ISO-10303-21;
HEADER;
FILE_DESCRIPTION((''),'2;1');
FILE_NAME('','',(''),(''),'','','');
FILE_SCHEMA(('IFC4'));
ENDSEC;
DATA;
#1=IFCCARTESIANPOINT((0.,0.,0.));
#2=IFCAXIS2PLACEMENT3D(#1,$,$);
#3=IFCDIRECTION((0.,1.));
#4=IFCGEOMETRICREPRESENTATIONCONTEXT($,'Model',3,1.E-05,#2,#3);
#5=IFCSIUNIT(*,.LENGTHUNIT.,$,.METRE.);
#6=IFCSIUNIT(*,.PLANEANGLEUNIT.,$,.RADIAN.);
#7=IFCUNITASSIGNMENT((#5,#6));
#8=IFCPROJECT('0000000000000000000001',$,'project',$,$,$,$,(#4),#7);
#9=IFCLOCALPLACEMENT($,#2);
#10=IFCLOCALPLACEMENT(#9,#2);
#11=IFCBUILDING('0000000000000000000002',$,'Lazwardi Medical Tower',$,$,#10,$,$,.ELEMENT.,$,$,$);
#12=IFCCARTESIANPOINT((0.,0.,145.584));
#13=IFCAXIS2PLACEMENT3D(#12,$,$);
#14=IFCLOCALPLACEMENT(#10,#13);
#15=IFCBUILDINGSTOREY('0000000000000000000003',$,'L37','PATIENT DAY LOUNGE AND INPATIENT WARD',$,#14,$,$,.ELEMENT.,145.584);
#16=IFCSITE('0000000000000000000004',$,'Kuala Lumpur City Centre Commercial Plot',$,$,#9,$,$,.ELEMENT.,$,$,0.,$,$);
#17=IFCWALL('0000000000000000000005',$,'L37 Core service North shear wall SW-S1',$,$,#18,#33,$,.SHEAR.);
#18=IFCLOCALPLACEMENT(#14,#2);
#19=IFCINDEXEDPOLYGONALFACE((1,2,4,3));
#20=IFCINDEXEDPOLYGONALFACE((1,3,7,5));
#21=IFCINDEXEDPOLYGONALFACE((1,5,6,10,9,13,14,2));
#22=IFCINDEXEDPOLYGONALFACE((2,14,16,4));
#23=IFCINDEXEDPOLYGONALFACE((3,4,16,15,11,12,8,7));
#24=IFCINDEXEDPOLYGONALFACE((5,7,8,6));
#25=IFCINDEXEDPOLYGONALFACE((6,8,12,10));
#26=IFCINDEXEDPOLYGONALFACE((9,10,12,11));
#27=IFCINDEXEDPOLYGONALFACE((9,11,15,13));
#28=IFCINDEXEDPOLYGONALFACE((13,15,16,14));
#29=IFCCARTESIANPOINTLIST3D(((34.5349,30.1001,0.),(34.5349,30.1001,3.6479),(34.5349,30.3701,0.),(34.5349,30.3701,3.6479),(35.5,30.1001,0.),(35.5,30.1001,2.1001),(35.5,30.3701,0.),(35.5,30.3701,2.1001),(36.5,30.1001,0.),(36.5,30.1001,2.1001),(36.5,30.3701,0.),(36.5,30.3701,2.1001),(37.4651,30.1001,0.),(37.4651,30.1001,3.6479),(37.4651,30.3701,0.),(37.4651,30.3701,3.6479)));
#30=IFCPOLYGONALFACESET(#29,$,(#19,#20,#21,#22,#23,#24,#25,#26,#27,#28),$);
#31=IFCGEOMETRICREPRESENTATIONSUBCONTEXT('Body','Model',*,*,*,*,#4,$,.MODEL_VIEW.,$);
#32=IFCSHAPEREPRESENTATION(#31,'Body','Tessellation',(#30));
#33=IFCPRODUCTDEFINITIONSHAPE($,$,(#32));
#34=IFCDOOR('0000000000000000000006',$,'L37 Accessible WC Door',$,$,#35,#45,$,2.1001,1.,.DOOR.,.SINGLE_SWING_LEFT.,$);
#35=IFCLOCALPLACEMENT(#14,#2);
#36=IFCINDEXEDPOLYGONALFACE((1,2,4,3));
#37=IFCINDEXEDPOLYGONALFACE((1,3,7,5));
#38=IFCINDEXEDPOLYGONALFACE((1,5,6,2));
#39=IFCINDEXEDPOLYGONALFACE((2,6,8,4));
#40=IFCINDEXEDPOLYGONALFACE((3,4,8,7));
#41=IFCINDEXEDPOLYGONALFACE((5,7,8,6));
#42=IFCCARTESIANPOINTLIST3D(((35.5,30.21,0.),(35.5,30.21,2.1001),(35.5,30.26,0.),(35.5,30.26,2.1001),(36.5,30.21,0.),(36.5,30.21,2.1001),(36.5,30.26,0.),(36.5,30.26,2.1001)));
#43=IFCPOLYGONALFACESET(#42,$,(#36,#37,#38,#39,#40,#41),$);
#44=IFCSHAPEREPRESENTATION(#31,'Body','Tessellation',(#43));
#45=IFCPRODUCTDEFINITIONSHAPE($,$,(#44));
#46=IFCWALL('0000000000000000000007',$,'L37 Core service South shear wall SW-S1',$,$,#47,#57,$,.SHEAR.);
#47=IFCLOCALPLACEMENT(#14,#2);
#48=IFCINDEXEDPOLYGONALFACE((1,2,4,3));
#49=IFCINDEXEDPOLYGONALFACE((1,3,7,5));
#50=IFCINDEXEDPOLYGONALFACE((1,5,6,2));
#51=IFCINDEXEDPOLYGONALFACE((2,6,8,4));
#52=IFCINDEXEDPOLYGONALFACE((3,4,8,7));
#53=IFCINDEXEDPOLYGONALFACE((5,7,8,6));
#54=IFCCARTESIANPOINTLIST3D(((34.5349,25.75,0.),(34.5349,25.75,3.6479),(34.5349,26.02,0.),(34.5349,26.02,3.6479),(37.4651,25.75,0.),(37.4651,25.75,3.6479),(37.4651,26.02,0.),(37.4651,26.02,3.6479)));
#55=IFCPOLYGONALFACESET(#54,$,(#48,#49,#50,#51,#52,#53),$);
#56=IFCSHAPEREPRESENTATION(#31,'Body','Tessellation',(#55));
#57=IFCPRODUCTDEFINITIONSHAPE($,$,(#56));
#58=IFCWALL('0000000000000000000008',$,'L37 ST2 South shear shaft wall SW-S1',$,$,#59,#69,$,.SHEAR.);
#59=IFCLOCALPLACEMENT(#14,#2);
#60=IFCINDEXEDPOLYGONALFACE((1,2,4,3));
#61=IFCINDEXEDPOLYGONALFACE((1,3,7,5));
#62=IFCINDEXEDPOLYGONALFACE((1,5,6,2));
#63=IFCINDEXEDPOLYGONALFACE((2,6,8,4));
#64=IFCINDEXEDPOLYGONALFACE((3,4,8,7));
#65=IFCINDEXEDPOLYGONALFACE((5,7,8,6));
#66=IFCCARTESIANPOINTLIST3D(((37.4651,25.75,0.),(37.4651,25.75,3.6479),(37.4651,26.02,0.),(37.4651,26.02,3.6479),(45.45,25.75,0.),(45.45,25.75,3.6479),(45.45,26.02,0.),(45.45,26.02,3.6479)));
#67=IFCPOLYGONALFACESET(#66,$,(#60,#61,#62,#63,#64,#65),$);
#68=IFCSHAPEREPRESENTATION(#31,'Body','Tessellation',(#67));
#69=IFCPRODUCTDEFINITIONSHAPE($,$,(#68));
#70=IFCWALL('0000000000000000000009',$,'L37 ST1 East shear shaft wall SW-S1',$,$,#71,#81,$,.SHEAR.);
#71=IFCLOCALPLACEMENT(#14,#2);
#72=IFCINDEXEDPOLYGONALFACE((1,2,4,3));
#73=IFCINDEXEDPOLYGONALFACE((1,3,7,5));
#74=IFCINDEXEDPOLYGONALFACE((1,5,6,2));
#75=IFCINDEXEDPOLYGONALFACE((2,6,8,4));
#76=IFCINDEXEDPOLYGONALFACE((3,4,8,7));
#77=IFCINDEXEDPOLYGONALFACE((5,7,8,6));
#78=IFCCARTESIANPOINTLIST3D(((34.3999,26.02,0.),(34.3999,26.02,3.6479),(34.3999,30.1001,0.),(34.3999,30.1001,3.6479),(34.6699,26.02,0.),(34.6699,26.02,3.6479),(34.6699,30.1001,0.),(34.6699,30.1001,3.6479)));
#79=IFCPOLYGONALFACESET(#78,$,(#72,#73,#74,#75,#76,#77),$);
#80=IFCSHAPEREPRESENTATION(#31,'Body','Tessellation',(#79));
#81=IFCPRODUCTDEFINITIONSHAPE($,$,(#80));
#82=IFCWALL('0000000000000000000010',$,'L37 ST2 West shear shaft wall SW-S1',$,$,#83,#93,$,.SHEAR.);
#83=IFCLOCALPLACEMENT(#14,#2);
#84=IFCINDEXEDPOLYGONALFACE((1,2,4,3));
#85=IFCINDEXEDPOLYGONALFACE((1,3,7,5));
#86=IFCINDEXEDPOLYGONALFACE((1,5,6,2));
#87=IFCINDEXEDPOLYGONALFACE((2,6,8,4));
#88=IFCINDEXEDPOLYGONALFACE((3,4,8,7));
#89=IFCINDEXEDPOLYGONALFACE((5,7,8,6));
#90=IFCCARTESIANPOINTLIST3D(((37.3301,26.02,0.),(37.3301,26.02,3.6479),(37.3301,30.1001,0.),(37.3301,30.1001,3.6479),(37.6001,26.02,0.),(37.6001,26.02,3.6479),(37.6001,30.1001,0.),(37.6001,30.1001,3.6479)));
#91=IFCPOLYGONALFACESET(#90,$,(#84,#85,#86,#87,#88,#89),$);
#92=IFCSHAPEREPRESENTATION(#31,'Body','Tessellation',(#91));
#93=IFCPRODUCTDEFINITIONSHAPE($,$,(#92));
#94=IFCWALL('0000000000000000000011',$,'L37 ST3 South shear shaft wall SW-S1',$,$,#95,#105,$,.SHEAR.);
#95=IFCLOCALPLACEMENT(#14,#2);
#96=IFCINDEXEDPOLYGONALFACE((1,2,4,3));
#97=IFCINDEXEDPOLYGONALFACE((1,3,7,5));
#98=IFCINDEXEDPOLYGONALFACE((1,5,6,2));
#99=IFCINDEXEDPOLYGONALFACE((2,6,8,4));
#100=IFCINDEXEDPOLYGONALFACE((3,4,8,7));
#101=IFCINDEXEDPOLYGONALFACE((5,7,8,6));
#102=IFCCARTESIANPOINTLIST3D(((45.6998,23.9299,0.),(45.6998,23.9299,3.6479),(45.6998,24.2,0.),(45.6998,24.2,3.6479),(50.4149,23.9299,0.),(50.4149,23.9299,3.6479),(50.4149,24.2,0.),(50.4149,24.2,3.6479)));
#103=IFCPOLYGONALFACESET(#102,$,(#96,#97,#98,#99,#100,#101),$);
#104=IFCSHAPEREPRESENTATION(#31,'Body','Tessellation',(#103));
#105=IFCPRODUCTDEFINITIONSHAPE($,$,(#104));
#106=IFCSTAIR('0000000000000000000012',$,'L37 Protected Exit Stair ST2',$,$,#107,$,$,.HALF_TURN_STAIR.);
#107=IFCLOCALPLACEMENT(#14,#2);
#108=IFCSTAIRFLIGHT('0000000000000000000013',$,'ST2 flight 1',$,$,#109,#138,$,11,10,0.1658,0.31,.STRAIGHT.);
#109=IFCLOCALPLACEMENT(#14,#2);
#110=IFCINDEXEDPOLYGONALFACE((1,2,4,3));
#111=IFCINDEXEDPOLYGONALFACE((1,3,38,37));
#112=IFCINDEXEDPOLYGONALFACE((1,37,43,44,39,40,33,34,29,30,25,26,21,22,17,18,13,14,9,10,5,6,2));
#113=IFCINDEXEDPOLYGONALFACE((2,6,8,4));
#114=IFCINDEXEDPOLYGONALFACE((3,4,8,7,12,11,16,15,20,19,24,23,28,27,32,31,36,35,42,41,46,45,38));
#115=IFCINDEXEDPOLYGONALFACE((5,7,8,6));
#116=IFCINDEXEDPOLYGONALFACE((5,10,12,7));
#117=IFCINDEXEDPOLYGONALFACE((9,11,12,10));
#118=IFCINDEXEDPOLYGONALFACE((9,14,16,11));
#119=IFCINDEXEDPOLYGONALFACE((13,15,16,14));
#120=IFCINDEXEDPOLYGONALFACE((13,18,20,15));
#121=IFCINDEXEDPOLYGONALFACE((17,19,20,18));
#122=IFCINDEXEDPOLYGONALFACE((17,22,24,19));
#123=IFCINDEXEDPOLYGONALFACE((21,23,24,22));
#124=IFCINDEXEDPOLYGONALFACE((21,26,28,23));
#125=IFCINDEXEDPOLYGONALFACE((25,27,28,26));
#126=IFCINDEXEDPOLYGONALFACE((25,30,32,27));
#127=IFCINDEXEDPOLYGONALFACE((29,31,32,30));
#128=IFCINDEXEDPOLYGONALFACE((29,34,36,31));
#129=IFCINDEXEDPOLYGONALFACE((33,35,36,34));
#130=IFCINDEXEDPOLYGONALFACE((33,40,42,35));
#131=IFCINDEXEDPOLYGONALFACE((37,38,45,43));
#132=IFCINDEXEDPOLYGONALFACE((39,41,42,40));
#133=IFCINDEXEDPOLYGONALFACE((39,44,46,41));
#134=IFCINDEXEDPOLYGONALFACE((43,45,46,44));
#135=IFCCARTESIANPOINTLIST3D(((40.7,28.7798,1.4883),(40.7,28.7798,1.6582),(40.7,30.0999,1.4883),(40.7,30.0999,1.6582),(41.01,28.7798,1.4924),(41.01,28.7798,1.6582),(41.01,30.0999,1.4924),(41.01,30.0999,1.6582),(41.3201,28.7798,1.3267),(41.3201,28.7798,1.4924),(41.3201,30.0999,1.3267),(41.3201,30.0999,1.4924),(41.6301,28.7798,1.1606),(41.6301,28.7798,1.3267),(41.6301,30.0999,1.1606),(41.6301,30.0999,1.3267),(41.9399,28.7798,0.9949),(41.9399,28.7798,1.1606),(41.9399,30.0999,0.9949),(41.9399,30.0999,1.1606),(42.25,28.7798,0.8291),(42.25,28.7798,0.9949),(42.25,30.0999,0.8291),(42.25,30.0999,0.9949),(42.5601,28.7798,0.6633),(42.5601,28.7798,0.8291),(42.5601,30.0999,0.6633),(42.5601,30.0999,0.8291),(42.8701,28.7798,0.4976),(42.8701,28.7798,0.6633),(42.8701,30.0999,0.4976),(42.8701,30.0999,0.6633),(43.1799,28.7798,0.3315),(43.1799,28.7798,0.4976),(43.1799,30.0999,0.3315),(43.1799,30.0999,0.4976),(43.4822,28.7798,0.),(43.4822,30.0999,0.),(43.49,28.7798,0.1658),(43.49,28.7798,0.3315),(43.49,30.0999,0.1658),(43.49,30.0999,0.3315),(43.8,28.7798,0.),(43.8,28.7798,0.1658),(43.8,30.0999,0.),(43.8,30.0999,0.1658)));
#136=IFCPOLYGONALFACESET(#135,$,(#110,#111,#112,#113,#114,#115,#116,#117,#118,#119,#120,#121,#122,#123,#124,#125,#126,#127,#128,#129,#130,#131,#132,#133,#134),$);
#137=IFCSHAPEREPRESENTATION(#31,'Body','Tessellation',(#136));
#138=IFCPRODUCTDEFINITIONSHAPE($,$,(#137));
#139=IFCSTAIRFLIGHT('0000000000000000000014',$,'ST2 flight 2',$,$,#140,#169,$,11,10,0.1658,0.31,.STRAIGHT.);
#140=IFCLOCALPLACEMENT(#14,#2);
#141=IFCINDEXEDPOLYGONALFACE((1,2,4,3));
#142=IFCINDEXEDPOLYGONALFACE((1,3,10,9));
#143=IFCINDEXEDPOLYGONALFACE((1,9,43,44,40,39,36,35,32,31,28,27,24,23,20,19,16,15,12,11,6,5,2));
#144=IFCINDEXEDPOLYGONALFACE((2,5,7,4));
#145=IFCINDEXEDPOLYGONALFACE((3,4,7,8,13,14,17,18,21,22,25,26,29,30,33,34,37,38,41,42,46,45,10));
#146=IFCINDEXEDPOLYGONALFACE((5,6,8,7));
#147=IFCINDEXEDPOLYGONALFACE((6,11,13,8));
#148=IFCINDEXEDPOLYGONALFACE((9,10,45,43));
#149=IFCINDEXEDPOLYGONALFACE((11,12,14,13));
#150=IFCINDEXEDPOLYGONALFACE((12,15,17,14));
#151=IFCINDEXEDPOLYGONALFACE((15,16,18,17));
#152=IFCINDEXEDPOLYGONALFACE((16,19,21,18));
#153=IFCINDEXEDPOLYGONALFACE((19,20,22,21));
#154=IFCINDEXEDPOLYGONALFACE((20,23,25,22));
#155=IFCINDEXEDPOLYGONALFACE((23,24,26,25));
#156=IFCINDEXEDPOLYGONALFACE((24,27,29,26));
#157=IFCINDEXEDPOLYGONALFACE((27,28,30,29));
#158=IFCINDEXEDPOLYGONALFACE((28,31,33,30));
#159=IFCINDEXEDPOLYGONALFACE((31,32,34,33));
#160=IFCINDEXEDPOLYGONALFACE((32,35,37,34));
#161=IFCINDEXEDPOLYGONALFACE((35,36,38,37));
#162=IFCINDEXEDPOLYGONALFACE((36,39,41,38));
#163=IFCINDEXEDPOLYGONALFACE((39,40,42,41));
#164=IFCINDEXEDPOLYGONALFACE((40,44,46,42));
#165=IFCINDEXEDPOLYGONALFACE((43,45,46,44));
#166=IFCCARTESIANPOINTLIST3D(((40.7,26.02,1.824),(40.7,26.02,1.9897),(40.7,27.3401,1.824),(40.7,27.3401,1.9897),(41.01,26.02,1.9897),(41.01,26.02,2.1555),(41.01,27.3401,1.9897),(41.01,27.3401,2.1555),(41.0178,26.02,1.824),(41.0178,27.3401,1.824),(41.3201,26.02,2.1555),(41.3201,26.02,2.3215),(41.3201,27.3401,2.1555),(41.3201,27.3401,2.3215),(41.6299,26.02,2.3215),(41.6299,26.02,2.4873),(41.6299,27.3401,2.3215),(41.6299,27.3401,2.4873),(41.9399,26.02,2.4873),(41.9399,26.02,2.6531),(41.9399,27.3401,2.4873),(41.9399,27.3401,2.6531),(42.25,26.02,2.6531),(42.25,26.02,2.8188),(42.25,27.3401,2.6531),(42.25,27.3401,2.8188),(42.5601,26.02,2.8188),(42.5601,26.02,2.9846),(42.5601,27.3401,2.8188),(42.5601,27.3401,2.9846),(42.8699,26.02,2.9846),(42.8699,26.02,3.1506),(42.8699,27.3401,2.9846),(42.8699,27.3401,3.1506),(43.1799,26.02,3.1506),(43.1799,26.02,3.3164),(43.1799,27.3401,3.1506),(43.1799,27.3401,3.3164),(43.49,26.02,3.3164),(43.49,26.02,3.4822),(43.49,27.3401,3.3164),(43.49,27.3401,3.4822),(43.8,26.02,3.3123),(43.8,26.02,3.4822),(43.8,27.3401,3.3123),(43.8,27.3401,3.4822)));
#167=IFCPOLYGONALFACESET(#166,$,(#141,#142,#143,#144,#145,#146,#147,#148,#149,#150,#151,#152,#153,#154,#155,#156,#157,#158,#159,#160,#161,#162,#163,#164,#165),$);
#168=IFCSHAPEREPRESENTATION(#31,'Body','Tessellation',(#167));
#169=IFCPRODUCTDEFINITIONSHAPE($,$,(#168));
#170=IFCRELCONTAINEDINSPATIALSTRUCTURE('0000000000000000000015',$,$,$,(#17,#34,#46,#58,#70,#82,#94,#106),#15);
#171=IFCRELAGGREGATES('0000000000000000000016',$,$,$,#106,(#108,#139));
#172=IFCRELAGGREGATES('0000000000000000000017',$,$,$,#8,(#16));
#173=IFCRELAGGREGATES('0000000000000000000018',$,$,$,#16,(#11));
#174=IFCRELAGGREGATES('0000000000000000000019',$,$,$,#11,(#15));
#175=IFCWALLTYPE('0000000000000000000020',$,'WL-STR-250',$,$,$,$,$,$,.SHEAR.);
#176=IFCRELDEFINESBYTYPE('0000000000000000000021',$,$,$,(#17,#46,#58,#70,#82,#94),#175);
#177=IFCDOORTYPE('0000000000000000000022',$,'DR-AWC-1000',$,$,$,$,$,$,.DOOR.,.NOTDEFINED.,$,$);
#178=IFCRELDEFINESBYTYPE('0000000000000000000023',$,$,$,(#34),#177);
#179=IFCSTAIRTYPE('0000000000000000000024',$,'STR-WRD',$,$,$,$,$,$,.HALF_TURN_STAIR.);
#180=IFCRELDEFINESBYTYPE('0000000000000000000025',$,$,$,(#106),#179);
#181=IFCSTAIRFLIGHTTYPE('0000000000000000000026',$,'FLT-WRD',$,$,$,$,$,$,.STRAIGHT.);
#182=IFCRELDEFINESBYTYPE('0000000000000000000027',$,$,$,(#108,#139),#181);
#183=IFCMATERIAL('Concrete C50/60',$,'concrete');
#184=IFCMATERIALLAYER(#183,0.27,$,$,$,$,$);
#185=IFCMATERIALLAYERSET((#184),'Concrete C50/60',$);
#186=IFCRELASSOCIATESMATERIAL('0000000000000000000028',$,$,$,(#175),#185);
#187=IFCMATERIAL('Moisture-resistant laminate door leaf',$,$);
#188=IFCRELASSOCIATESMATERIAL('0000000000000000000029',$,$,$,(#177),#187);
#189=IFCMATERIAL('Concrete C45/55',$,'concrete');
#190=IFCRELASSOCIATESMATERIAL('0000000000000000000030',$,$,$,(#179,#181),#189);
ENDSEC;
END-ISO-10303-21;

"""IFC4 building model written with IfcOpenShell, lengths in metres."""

from ifc_helpers import new_model, si_unit, direction, frame, frame_2d, origin, place, context, subcontext, project, spatial, polyline, rectangle, outline, extrude, material, layer, layer_set, type_object, element, fill, aggregate, save


model = new_model("IFC4")

# Units and contexts
model_context = context("Model", 3, precision=1e-05, world=origin(), true_north=direction((0.0, 1.0)))
body_context = subcontext(model_context, "Body", "Model", "MODEL_VIEW")
ifc_project = project(units=[si_unit("LENGTHUNIT", "METRE"), si_unit("PLANEANGLEUNIT", "RADIAN")], contexts=[model_context])

# Site, building, storey
site_placement = place(None, origin())
site = spatial("IfcSite", under=ifc_project, at=site_placement, Name="Kuala Lumpur City Centre Commercial Plot", CompositionType="ELEMENT", RefElevation=0.0)
building_placement = place(site_placement, origin())
building = spatial("IfcBuilding", under=site, at=building_placement, Name="Lazwardi Medical Tower", CompositionType="ELEMENT")
storey_placement = place(building_placement, frame((0.0, 0.0, 145.584)))
storey = spatial("IfcBuildingStorey", under=building, at=storey_placement, Name="L37", Description="PATIENT DAY LOUNGE AND INPATIENT WARD", CompositionType="ELEMENT", Elevation=145.584)

# Wall, opening, door
ifc_material_1 = material(Name="Concrete C50/60", Category="concrete")
ifc_layer_1 = layer(ifc_material_1, 0.27)
ifc_layer_set_1 = layer_set([ifc_layer_1], Name="Concrete C50/60")
wall_type_1 = type_object("IfcWallType", Name="WL-STR-250", PredefinedType="SHEAR", material=ifc_layer_set_1)
wall_1_placement = place(storey_placement, frame((34.5349, 30.2351, 0.0), z_axis=(0.0, 0.0, 1.0), x_axis=(1.0, 0.0, 0.0)))
wall_1 = element("IfcWall", 1, at=wall_1_placement, inside=storey, type_object=wall_type_1, Name="L37 Core service North shear wall SW-S1", PredefinedType="SHEAR", context=body_context, shape_type="SweptSolid", body=[
    extrude(rectangle(XDim=2.9302, YDim=0.27, at=frame_2d((1.4651, 0.0))), origin(), (0.0, 0.0, 1.0), 3.6479),
])
opening_1_placement = place(wall_1_placement, frame((0.9651, 0.0, 0.0)))
opening_1 = element("IfcOpeningElement", 2, at=opening_1_placement, cuts=wall_1, PredefinedType="OPENING", context=body_context, shape_type="SweptSolid", body=[
    extrude(rectangle(XDim=1.0, YDim=2.1001, at=frame_2d((0.5, 1.05))), frame((0.0, 0.145, 0.0), z_axis=(0.0, -1.0, 0.0), x_axis=(1.0, 0.0, 0.0)), (0.0, 0.0, 1.0), 0.29),
])
ifc_material_2 = material(Name="Moisture-resistant laminate door leaf")
door_type_1 = type_object("IfcDoorType", Name="DR-AWC-1000", OperationType="NOTDEFINED", PredefinedType="DOOR", material=ifc_material_2)
door_1_placement = place(opening_1_placement, origin())
door_1 = element("IfcDoor", 3, at=door_1_placement, inside=storey, type_object=door_type_1, Name="L37 Accessible WC Door", OperationType="SINGLE_SWING_LEFT", OverallHeight=2.1001, OverallWidth=1.0, PredefinedType="DOOR", context=body_context, shape_type="SweptSolid", body=[
    extrude(rectangle(XDim=1.0, YDim=2.1001, at=frame_2d((0.5, 1.05))), frame((0.0, 0.0249, 0.0), z_axis=(0.0, -1.0, 0.0), x_axis=(1.0, 0.0, 0.0)), (0.0, 0.0, 1.0), 0.05),
])
fill(opening_1, door_1)

# Walls
wall_2_placement = place(storey_placement, frame((34.5349, 25.885, 0.0), z_axis=(0.0, 0.0, 1.0), x_axis=(1.0, 0.0, 0.0)))
element("IfcWall", 4, at=wall_2_placement, inside=storey, type_object=wall_type_1, Name="L37 Core service South shear wall SW-S1", PredefinedType="SHEAR", context=body_context, shape_type="SweptSolid", body=[
    extrude(rectangle(XDim=2.9302, YDim=0.27, at=frame_2d((1.4651, 0.0))), origin(), (0.0, 0.0, 1.0), 3.6479),
])
wall_3_placement = place(storey_placement, frame((37.4651, 25.885, 0.0), z_axis=(0.0, 0.0, 1.0), x_axis=(1.0, 0.0, 0.0)))
element("IfcWall", 5, at=wall_3_placement, inside=storey, type_object=wall_type_1, Name="L37 ST2 South shear shaft wall SW-S1", PredefinedType="SHEAR", context=body_context, shape_type="SweptSolid", body=[
    extrude(rectangle(XDim=7.9849, YDim=0.27, at=frame_2d((3.9924, 0.0))), origin(), (0.0, 0.0, 1.0), 3.6479),
])
for number, where, z_axis, x_axis, name in (
    (6, (34.5349, 26.02, 0.0), (0.0, 0.0, 1.0), (0.0, 1.0, 0.0), "L37 ST1 East shear shaft wall SW-S1"),
    (7, (37.4651, 26.02, 0.0), (0.0, 0.0, 1.0), (0.0, 1.0, 0.0), "L37 ST2 West shear shaft wall SW-S1"),
):
    element("IfcWall", number, at=place(storey_placement, frame(where, z_axis=z_axis, x_axis=x_axis)), inside=storey, type_object=wall_type_1, Name=name, PredefinedType="SHEAR", context=body_context, shape_type="SweptSolid", body=[
        extrude(rectangle(XDim=4.0801, YDim=0.27, at=frame_2d((2.04, 0.0))), origin(), (0.0, 0.0, 1.0), 3.6479),
    ])
wall_4_placement = place(storey_placement, frame((45.7, 24.0649, 0.0), z_axis=(0.0, 0.0, 1.0), x_axis=(1.0, 0.0, 0.0)))
element("IfcWall", 8, at=wall_4_placement, inside=storey, type_object=wall_type_1, Name="L37 ST3 South shear shaft wall SW-S1", PredefinedType="SHEAR", context=body_context, shape_type="SweptSolid", body=[
    extrude(rectangle(XDim=4.7151, YDim=0.27, at=frame_2d((2.3574, 0.0))), origin(), (0.0, 0.0, 1.0), 3.6479),
])

# Stair, stair flights
ifc_material_3 = material(Name="Concrete C45/55", Category="concrete")
stair_type = type_object("IfcStairType", Name="STR-WRD", PredefinedType="HALF_TURN_STAIR", material=ifc_material_3)
stair_placement = place(storey_placement, origin())
stair = element("IfcStair", 9, at=stair_placement, inside=storey, type_object=stair_type, Name="L37 Protected Exit Stair ST2", PredefinedType="HALF_TURN_STAIR")
stair_flight_type = type_object("IfcStairFlightType", Name="FLT-WRD", PredefinedType="STRAIGHT", material=ifc_material_3)
stair_flight_1_placement = place(storey_placement, frame((43.8, 29.4399, 0.0), z_axis=(0.0, 0.0, 1.0), x_axis=(-1.0, 0.0, 0.0)))
stair_flight_1 = element("IfcStairFlight", 10, at=stair_flight_1_placement, type_object=stair_flight_type, Name="ST2 flight 1", NumberOfRisers=11, NumberOfTreads=10, PredefinedType="STRAIGHT", RiserHeight=0.1658, TreadLength=0.31, context=body_context, shape_type="SweptSolid", body=[
    extrude(outline(polyline([(0.0, 0.0), (0.0, 0.1658), (0.3101, 0.1658), (0.3101, 0.3315), (0.6201, 0.3315), (0.6201, 0.4976), (0.9299, 0.4976), (0.9299, 0.6633), (1.24, 0.6633), (1.24, 0.8291), (1.55, 0.8291), (1.55, 0.9949), (1.8601, 0.9949), (1.8601, 1.1606), (2.1699, 1.1606), (2.1699, 1.3267), (2.48, 1.3267), (2.48, 1.4924), (2.79, 1.4924), (2.79, 1.6582), (3.1001, 1.6582), (3.1001, 1.824), (3.1001, 1.4883), (0.3179, 0.0), (0.0, 0.0)])), frame((0.0, 0.6602, 0.0), z_axis=(0.0, -1.0, 0.0), x_axis=(1.0, 0.0, 0.0)), (0.0, 0.0, 1.0), 1.3201),
])
stair_flight_2_placement = place(storey_placement, frame((40.7, 26.6799, 1.824), z_axis=(0.0, 0.0, 1.0), x_axis=(1.0, 0.0, 0.0)))
stair_flight_2 = element("IfcStairFlight", 11, at=stair_flight_2_placement, type_object=stair_flight_type, Name="ST2 flight 2", NumberOfRisers=11, NumberOfTreads=10, PredefinedType="STRAIGHT", RiserHeight=0.1658, TreadLength=0.31, context=body_context, shape_type="SweptSolid", body=[
    extrude(outline(polyline([(0.0, 0.0), (0.0, 0.1658), (0.3101, 0.1658), (0.3101, 0.3315), (0.6201, 0.3315), (0.6201, 0.4976), (0.9299, 0.4976), (0.9299, 0.6633), (1.24, 0.6633), (1.24, 0.8291), (1.55, 0.8291), (1.55, 0.9949), (1.8601, 0.9949), (1.8601, 1.1606), (2.1699, 1.1606), (2.1699, 1.3267), (2.48, 1.3267), (2.48, 1.4924), (2.79, 1.4924), (2.79, 1.6582), (3.1001, 1.6582), (3.1001, 1.824), (3.1001, 1.4883), (0.3179, 0.0), (0.0, 0.0)])), frame((0.0, 0.6602, 0.0), z_axis=(0.0, -1.0, 0.0), x_axis=(1.0, 0.0, 0.0)), (0.0, 0.0, 1.0), 1.3201),
])
aggregate(stair, [stair_flight_1, stair_flight_2])

save(model, "model.ifc")
